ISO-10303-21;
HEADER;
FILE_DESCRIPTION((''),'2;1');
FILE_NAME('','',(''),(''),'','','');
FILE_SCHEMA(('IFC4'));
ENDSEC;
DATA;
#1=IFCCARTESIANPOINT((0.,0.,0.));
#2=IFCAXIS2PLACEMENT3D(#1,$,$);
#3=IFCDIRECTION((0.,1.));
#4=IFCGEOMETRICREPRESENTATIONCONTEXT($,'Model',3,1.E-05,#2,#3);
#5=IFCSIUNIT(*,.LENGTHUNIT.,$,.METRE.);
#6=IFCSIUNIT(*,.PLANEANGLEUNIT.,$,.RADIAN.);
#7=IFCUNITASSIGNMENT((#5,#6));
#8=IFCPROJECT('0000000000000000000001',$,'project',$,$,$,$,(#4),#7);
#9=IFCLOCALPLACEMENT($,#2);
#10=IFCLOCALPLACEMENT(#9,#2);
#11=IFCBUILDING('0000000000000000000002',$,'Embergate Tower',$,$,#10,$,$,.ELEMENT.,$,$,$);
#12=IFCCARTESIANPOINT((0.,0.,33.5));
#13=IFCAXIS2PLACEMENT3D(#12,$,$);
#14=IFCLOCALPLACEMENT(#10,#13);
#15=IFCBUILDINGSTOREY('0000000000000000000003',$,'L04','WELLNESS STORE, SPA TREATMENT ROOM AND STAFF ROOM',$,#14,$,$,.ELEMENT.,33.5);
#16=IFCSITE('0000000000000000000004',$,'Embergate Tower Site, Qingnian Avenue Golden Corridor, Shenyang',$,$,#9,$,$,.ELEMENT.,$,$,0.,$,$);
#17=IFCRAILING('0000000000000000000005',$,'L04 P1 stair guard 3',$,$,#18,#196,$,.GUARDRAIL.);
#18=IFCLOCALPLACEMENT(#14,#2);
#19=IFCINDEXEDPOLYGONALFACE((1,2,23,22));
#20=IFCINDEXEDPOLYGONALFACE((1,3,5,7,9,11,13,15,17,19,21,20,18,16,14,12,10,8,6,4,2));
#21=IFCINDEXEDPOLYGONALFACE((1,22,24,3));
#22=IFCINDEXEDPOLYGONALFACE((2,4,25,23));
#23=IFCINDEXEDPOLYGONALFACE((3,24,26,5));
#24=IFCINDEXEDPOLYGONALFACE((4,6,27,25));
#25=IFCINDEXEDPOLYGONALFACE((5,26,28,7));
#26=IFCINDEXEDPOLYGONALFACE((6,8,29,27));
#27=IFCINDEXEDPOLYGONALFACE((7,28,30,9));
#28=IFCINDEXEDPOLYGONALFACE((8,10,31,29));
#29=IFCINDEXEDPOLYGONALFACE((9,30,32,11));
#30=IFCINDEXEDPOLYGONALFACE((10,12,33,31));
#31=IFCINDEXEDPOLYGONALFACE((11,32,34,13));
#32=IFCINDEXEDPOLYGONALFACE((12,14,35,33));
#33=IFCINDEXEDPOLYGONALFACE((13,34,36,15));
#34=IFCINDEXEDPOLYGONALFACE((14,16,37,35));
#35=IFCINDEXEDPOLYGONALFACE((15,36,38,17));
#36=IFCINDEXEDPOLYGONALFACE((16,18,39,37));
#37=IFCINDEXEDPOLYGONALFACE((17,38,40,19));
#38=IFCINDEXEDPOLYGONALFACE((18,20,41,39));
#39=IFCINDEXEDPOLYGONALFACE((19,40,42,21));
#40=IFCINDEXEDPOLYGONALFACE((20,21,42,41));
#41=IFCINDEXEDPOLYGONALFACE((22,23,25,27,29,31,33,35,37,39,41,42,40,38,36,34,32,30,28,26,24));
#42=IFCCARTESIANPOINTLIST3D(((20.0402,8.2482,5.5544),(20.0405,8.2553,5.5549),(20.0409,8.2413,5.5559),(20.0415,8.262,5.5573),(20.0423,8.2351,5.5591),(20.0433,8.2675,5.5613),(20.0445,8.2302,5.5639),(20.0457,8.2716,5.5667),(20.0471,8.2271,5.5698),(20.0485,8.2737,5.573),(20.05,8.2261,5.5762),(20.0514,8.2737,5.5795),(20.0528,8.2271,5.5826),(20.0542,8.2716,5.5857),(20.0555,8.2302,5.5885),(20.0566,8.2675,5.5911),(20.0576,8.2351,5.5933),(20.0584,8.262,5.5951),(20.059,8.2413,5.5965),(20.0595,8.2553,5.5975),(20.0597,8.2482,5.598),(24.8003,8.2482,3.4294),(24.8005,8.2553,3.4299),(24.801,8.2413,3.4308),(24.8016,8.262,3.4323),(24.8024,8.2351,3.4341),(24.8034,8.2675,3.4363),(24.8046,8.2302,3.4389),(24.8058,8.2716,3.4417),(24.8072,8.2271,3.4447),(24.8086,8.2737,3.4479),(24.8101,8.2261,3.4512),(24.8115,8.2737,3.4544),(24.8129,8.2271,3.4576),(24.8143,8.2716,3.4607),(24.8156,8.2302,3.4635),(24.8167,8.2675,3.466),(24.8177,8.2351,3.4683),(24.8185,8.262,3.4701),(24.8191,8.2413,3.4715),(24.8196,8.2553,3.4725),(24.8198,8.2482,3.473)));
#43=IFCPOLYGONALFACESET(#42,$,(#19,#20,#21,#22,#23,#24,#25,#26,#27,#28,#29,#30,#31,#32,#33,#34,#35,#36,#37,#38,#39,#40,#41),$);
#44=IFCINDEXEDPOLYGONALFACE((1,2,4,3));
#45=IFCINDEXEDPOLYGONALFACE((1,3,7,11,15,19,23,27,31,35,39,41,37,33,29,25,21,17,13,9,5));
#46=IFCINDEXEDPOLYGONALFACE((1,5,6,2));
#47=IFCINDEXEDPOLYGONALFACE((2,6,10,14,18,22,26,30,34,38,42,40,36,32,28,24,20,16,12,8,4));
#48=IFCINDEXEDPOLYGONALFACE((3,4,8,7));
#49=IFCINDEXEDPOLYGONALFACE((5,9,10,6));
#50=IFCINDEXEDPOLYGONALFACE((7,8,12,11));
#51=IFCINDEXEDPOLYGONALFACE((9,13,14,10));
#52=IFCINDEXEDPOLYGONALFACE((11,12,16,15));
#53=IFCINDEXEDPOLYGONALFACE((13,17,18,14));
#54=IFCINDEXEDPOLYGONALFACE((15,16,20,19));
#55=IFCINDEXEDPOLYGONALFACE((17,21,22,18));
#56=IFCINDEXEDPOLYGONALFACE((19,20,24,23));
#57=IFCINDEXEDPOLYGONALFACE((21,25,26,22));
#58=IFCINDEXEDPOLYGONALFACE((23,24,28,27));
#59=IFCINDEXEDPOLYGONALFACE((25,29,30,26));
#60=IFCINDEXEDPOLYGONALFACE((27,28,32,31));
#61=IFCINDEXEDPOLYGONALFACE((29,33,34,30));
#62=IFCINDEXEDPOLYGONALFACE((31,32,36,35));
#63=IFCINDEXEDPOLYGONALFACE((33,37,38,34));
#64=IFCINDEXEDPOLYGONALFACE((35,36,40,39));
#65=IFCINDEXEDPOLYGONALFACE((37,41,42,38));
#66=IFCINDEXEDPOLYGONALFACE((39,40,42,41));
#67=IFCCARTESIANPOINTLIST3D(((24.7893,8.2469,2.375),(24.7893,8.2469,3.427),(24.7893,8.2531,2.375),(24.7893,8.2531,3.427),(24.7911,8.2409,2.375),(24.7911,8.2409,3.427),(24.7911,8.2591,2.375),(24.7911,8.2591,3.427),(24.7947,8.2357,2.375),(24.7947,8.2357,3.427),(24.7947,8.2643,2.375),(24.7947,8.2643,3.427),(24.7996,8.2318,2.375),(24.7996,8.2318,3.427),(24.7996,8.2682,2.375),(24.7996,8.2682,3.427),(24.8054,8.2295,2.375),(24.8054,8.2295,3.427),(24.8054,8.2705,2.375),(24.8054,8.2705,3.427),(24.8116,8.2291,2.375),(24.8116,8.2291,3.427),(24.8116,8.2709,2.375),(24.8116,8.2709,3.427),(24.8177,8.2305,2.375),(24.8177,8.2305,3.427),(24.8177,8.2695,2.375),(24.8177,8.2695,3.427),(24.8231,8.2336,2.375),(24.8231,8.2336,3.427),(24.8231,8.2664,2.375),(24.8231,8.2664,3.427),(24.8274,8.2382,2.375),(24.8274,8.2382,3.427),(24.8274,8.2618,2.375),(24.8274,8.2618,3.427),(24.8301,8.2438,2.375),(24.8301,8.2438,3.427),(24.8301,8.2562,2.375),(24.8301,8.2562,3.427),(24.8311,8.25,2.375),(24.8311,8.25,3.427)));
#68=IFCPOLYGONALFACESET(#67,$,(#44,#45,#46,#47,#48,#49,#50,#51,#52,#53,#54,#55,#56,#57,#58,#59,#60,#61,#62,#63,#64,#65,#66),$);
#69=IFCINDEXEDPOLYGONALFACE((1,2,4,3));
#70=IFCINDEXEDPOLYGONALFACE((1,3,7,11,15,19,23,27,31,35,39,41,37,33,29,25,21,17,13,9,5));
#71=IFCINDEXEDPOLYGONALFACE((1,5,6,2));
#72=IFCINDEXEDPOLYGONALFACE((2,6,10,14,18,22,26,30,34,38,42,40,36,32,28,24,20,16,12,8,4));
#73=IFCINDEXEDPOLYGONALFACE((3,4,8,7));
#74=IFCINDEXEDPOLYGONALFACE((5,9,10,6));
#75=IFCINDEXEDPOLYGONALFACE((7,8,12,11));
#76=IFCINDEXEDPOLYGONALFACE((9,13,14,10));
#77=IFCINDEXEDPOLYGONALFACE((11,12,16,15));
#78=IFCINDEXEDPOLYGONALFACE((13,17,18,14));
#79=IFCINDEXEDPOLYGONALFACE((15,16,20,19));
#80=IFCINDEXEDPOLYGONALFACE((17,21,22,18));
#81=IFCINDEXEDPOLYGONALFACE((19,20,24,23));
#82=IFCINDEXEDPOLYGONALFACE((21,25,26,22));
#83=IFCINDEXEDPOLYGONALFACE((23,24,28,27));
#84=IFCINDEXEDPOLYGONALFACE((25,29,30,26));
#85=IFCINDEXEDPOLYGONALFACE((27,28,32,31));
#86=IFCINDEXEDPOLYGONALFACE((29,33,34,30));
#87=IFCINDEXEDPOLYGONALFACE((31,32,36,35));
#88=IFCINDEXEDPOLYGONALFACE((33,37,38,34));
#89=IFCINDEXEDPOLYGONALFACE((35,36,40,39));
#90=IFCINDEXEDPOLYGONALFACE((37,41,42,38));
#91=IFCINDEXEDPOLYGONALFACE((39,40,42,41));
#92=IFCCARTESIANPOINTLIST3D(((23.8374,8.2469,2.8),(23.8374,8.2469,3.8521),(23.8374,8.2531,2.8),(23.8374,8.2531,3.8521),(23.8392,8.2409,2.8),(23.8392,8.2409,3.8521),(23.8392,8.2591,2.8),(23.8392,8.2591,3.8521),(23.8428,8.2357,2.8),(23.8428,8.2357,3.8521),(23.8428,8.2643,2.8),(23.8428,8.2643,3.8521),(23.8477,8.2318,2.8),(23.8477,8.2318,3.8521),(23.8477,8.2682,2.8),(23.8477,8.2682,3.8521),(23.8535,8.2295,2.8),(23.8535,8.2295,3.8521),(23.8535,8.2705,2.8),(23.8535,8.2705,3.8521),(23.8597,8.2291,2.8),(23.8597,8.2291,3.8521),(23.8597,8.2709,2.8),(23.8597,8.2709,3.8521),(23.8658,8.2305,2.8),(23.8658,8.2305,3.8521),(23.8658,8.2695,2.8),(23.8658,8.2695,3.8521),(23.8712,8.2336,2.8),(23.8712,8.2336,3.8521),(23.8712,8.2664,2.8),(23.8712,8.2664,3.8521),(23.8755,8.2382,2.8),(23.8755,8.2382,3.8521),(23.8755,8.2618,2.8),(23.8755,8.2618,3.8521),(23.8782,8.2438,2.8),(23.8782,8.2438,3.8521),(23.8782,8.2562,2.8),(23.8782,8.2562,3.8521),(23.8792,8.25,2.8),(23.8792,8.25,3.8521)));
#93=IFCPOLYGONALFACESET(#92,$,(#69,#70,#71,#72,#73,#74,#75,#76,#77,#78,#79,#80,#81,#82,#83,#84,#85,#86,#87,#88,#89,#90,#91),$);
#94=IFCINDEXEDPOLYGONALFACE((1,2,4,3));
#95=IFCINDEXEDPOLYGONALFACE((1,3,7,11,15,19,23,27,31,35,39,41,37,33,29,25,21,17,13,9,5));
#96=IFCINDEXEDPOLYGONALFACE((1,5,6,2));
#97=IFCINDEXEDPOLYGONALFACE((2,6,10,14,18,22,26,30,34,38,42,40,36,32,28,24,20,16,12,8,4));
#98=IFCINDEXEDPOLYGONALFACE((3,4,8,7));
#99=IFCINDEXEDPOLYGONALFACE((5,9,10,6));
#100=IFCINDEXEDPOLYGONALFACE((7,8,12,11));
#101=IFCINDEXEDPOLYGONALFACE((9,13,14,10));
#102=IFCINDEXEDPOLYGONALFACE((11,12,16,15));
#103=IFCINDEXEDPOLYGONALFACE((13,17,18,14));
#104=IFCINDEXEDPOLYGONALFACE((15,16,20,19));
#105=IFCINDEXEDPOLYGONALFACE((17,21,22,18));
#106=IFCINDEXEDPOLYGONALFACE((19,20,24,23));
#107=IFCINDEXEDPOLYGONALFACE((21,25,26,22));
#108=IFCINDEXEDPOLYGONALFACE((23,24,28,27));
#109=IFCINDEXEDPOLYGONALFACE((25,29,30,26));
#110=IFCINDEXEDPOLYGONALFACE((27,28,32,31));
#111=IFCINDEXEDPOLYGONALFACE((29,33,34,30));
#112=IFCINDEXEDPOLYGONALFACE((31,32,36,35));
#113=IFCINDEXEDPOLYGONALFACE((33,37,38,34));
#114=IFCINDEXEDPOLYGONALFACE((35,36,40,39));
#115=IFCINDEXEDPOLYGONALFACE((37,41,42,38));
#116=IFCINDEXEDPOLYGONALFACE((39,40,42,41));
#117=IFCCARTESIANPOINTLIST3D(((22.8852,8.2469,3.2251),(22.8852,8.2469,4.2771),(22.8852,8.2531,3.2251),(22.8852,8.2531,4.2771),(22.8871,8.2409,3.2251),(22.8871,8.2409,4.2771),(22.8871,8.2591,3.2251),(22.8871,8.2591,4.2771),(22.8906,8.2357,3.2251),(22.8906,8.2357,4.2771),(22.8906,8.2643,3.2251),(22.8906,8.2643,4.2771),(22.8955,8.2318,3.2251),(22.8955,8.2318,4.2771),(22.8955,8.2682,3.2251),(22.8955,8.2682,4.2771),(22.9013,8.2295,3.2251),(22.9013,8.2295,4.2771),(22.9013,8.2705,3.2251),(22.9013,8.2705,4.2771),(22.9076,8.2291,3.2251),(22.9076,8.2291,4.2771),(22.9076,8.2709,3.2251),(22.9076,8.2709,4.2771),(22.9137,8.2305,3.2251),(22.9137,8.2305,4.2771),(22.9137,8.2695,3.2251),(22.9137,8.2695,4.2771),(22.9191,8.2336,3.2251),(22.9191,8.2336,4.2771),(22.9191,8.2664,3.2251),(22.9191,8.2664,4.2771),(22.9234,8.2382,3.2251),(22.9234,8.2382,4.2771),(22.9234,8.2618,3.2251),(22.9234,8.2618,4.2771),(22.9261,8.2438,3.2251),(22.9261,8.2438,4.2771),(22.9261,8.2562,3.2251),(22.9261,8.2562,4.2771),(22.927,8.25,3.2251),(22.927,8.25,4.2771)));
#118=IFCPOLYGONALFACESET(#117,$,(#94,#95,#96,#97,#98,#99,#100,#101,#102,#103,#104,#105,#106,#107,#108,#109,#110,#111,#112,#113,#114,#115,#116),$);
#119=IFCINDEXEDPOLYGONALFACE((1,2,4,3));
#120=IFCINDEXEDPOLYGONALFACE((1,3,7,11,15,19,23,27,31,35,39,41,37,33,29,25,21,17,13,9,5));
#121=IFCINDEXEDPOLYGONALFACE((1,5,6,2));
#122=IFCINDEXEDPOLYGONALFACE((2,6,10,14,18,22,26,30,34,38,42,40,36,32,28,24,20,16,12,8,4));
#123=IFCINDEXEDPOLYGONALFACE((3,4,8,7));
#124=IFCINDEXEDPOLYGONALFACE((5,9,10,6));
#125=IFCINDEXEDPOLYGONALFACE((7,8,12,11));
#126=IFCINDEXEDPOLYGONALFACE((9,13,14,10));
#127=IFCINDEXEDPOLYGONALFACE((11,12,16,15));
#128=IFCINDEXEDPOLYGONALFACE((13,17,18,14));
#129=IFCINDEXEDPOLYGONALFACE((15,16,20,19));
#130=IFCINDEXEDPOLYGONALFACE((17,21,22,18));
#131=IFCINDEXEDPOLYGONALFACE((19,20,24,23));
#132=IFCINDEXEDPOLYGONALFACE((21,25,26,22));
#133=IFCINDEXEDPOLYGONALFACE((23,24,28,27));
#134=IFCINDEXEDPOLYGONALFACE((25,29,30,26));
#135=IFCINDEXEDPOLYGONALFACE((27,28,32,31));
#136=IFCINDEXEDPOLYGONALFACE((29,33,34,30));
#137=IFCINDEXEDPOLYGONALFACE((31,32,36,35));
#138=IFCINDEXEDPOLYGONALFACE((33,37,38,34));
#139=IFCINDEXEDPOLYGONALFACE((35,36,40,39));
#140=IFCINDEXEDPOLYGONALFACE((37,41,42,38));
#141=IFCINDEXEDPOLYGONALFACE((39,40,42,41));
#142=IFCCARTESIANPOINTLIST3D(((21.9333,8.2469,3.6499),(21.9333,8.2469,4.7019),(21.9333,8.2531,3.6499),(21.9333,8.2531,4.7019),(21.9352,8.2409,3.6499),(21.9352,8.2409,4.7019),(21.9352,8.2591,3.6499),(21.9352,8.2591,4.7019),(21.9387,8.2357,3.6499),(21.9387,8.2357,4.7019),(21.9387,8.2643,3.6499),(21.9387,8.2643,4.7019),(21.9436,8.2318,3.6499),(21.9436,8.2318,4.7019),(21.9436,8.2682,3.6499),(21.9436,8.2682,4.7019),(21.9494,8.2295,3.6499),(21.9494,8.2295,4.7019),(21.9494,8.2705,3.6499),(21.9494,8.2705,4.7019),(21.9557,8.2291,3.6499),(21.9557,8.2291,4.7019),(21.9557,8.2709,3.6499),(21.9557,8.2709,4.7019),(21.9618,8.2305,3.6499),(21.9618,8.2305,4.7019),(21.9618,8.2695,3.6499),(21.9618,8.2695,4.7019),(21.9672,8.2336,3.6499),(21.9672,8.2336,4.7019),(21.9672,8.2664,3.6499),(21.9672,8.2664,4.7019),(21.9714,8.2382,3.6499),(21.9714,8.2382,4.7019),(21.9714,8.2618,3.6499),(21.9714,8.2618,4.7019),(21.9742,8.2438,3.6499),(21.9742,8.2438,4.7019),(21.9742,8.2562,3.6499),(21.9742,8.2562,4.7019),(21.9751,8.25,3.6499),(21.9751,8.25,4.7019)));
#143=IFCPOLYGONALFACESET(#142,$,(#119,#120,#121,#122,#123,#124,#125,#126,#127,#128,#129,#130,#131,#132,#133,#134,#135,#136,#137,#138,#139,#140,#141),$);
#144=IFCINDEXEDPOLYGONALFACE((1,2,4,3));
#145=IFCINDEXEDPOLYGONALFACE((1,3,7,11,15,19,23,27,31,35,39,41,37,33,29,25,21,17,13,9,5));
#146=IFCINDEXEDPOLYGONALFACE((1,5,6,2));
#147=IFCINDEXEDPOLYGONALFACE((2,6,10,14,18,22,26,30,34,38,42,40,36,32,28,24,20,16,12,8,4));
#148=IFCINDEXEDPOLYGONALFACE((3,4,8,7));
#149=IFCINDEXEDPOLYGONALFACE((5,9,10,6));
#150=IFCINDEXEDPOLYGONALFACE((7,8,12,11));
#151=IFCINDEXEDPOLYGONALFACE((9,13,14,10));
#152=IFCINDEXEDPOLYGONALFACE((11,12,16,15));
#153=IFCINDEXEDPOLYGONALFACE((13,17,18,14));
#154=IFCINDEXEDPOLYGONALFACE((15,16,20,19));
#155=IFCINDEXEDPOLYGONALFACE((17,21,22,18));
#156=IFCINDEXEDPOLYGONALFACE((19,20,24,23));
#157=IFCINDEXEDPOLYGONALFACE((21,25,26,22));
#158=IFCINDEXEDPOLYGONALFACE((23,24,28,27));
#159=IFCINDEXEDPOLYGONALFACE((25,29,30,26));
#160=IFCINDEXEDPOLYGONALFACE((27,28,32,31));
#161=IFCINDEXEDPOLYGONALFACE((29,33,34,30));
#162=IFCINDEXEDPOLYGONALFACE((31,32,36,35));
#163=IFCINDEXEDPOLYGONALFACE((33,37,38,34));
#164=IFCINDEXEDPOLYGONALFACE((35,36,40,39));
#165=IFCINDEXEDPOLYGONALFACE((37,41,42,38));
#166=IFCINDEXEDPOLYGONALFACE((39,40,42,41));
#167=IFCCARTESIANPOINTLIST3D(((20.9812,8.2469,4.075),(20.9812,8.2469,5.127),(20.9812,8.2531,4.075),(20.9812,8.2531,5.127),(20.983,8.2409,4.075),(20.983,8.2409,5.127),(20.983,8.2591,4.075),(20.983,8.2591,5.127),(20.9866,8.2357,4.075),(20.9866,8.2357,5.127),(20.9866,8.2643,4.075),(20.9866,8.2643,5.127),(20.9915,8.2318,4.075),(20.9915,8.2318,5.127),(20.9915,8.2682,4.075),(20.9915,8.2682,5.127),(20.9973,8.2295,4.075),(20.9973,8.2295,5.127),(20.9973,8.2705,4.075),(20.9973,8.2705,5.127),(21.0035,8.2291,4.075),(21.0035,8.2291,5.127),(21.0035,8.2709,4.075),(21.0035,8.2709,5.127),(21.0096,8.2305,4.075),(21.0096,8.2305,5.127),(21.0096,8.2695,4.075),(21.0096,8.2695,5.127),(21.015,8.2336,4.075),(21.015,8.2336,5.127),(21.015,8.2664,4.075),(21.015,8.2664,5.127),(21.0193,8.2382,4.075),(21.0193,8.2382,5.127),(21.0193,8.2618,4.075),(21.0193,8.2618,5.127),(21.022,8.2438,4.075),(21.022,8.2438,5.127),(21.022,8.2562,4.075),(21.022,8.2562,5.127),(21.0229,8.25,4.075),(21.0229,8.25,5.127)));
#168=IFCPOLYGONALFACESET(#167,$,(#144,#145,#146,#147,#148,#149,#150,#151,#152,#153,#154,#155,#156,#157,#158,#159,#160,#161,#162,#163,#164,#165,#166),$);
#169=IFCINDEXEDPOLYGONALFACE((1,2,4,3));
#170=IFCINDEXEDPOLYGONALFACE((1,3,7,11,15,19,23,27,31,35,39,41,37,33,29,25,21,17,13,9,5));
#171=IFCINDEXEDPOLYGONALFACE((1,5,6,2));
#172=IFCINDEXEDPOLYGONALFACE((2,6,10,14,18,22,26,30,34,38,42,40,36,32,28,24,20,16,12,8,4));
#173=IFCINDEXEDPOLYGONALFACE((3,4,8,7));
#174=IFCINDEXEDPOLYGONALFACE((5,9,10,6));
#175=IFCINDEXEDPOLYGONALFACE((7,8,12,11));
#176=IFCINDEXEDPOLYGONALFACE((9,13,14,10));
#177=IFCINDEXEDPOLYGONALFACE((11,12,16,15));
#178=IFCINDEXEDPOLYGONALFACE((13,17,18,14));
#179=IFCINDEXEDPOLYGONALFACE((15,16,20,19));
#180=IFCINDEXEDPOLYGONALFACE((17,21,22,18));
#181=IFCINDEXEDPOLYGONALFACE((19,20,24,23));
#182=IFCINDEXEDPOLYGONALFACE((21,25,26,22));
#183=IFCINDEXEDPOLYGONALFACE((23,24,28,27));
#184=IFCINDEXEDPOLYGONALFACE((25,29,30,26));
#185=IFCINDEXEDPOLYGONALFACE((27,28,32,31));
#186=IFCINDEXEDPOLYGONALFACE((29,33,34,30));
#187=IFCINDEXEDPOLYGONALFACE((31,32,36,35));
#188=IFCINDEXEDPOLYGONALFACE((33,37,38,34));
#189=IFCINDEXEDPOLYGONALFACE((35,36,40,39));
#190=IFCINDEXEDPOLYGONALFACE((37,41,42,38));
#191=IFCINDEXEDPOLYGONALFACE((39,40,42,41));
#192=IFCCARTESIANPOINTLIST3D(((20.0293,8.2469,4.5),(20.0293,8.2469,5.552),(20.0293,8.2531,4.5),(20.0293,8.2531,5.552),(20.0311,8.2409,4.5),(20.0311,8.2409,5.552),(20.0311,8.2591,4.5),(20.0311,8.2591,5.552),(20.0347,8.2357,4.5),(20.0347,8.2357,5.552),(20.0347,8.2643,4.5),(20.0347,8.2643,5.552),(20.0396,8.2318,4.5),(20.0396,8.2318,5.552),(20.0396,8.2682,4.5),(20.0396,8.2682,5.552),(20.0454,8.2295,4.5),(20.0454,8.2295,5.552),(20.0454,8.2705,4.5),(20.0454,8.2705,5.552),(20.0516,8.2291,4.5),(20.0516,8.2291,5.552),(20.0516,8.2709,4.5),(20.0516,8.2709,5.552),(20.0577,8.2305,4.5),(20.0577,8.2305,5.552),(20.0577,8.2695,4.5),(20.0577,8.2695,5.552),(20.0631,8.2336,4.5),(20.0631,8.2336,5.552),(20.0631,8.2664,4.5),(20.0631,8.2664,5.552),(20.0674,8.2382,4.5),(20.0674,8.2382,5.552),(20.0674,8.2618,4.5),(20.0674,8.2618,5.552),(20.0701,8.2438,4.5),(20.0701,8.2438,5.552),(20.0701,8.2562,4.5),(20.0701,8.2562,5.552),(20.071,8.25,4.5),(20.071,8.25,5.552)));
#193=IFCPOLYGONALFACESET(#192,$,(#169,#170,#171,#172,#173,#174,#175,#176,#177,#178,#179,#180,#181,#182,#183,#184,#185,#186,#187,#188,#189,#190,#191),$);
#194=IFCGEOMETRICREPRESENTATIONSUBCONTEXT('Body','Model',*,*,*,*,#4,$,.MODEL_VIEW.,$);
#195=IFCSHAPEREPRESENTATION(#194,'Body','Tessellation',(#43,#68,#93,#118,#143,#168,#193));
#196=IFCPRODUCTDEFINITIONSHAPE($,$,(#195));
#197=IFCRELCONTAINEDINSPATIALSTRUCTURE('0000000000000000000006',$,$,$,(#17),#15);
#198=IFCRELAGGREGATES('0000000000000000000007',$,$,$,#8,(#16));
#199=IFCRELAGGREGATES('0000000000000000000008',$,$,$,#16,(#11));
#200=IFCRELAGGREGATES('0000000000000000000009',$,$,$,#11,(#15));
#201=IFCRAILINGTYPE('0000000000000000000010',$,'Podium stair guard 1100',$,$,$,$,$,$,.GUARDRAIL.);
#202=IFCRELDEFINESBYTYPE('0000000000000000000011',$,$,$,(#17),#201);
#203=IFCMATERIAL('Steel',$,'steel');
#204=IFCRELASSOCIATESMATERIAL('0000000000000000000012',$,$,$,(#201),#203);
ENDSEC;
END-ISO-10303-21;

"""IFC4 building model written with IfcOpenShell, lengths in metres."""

from ifc_helpers import new_model, si_unit, direction, frame, origin, origin_2d, place, context, subcontext, project, spatial, circle, extrude, source, transform, mapped, material, type_object, element, save


model = new_model("IFC4")

# Units and contexts
model_context = context("Model", 3, precision=1e-05, world=origin(), true_north=direction((0.0, 1.0)))
body_context = subcontext(model_context, "Body", "Model", "MODEL_VIEW")
ifc_project = project(units=[si_unit("LENGTHUNIT", "METRE"), si_unit("PLANEANGLEUNIT", "RADIAN")], contexts=[model_context])

# Site, building, storey
site_placement = place(None, origin())
site = spatial("IfcSite", under=ifc_project, at=site_placement, Name="Embergate Tower Site, Qingnian Avenue Golden Corridor, Shenyang", CompositionType="ELEMENT", RefElevation=0.0)
building_placement = place(site_placement, origin())
building = spatial("IfcBuilding", under=site, at=building_placement, Name="Embergate Tower", CompositionType="ELEMENT")
storey_placement = place(building_placement, frame((0.0, 0.0, 33.5)))
storey = spatial("IfcBuildingStorey", under=building, at=storey_placement, Name="L04", Description="WELLNESS STORE, SPA TREATMENT ROOM AND STAFF ROOM", CompositionType="ELEMENT", Elevation=33.5)

# Railing
ifc_material_1 = material(Name="Steel", Category="steel")
railing_type_1 = type_object("IfcRailingType", Name="Podium stair guard 1100", PredefinedType="GUARDRAIL", material=ifc_material_1)
shared_shape_1 = source(origin(), body_context, "Body", "SweptSolid", [
    extrude(circle(Radius=0.0239, at=origin_2d()), frame((0.0, 0.0, 1.0762), z_axis=(-0.913138, 0.0, 0.40765), x_axis=(0.0, -1.0, 0.0)), (0.0, 0.0, 1.0), 5.2129),
    extrude(circle(Radius=0.021, at=origin_2d()), origin(), (0.0, 0.0, 1.0), 1.052),
    extrude(circle(Radius=0.021, at=origin_2d()), frame((-0.9519, 0.0, 0.425)), (0.0, 0.0, 1.0), 1.052),
    extrude(circle(Radius=0.021, at=origin_2d()), frame((-1.9041, 0.0, 0.8501)), (0.0, 0.0, 1.0), 1.052),
    extrude(circle(Radius=0.021, at=origin_2d()), frame((-2.856, 0.0, 1.2749)), (0.0, 0.0, 1.0), 1.052),
    extrude(circle(Radius=0.021, at=origin_2d()), frame((-3.8081, 0.0, 1.7)), (0.0, 0.0, 1.0), 1.052),
    extrude(circle(Radius=0.021, at=origin_2d()), frame((-4.76, 0.0, 2.125)), (0.0, 0.0, 1.0), 1.052),
])
railing_1_placement = place(storey_placement, frame((24.8101, 8.25, 2.375)))
element("IfcRailing", 1, at=railing_1_placement, inside=storey, type_object=railing_type_1, Name="L04 P1 stair guard 3", PredefinedType="GUARDRAIL", context=body_context, shape_type="MappedRepresentation", body=[
    mapped(shared_shape_1, transform((0.0, 0.0, 0.0))),
])

save(model, "model.ifc")
